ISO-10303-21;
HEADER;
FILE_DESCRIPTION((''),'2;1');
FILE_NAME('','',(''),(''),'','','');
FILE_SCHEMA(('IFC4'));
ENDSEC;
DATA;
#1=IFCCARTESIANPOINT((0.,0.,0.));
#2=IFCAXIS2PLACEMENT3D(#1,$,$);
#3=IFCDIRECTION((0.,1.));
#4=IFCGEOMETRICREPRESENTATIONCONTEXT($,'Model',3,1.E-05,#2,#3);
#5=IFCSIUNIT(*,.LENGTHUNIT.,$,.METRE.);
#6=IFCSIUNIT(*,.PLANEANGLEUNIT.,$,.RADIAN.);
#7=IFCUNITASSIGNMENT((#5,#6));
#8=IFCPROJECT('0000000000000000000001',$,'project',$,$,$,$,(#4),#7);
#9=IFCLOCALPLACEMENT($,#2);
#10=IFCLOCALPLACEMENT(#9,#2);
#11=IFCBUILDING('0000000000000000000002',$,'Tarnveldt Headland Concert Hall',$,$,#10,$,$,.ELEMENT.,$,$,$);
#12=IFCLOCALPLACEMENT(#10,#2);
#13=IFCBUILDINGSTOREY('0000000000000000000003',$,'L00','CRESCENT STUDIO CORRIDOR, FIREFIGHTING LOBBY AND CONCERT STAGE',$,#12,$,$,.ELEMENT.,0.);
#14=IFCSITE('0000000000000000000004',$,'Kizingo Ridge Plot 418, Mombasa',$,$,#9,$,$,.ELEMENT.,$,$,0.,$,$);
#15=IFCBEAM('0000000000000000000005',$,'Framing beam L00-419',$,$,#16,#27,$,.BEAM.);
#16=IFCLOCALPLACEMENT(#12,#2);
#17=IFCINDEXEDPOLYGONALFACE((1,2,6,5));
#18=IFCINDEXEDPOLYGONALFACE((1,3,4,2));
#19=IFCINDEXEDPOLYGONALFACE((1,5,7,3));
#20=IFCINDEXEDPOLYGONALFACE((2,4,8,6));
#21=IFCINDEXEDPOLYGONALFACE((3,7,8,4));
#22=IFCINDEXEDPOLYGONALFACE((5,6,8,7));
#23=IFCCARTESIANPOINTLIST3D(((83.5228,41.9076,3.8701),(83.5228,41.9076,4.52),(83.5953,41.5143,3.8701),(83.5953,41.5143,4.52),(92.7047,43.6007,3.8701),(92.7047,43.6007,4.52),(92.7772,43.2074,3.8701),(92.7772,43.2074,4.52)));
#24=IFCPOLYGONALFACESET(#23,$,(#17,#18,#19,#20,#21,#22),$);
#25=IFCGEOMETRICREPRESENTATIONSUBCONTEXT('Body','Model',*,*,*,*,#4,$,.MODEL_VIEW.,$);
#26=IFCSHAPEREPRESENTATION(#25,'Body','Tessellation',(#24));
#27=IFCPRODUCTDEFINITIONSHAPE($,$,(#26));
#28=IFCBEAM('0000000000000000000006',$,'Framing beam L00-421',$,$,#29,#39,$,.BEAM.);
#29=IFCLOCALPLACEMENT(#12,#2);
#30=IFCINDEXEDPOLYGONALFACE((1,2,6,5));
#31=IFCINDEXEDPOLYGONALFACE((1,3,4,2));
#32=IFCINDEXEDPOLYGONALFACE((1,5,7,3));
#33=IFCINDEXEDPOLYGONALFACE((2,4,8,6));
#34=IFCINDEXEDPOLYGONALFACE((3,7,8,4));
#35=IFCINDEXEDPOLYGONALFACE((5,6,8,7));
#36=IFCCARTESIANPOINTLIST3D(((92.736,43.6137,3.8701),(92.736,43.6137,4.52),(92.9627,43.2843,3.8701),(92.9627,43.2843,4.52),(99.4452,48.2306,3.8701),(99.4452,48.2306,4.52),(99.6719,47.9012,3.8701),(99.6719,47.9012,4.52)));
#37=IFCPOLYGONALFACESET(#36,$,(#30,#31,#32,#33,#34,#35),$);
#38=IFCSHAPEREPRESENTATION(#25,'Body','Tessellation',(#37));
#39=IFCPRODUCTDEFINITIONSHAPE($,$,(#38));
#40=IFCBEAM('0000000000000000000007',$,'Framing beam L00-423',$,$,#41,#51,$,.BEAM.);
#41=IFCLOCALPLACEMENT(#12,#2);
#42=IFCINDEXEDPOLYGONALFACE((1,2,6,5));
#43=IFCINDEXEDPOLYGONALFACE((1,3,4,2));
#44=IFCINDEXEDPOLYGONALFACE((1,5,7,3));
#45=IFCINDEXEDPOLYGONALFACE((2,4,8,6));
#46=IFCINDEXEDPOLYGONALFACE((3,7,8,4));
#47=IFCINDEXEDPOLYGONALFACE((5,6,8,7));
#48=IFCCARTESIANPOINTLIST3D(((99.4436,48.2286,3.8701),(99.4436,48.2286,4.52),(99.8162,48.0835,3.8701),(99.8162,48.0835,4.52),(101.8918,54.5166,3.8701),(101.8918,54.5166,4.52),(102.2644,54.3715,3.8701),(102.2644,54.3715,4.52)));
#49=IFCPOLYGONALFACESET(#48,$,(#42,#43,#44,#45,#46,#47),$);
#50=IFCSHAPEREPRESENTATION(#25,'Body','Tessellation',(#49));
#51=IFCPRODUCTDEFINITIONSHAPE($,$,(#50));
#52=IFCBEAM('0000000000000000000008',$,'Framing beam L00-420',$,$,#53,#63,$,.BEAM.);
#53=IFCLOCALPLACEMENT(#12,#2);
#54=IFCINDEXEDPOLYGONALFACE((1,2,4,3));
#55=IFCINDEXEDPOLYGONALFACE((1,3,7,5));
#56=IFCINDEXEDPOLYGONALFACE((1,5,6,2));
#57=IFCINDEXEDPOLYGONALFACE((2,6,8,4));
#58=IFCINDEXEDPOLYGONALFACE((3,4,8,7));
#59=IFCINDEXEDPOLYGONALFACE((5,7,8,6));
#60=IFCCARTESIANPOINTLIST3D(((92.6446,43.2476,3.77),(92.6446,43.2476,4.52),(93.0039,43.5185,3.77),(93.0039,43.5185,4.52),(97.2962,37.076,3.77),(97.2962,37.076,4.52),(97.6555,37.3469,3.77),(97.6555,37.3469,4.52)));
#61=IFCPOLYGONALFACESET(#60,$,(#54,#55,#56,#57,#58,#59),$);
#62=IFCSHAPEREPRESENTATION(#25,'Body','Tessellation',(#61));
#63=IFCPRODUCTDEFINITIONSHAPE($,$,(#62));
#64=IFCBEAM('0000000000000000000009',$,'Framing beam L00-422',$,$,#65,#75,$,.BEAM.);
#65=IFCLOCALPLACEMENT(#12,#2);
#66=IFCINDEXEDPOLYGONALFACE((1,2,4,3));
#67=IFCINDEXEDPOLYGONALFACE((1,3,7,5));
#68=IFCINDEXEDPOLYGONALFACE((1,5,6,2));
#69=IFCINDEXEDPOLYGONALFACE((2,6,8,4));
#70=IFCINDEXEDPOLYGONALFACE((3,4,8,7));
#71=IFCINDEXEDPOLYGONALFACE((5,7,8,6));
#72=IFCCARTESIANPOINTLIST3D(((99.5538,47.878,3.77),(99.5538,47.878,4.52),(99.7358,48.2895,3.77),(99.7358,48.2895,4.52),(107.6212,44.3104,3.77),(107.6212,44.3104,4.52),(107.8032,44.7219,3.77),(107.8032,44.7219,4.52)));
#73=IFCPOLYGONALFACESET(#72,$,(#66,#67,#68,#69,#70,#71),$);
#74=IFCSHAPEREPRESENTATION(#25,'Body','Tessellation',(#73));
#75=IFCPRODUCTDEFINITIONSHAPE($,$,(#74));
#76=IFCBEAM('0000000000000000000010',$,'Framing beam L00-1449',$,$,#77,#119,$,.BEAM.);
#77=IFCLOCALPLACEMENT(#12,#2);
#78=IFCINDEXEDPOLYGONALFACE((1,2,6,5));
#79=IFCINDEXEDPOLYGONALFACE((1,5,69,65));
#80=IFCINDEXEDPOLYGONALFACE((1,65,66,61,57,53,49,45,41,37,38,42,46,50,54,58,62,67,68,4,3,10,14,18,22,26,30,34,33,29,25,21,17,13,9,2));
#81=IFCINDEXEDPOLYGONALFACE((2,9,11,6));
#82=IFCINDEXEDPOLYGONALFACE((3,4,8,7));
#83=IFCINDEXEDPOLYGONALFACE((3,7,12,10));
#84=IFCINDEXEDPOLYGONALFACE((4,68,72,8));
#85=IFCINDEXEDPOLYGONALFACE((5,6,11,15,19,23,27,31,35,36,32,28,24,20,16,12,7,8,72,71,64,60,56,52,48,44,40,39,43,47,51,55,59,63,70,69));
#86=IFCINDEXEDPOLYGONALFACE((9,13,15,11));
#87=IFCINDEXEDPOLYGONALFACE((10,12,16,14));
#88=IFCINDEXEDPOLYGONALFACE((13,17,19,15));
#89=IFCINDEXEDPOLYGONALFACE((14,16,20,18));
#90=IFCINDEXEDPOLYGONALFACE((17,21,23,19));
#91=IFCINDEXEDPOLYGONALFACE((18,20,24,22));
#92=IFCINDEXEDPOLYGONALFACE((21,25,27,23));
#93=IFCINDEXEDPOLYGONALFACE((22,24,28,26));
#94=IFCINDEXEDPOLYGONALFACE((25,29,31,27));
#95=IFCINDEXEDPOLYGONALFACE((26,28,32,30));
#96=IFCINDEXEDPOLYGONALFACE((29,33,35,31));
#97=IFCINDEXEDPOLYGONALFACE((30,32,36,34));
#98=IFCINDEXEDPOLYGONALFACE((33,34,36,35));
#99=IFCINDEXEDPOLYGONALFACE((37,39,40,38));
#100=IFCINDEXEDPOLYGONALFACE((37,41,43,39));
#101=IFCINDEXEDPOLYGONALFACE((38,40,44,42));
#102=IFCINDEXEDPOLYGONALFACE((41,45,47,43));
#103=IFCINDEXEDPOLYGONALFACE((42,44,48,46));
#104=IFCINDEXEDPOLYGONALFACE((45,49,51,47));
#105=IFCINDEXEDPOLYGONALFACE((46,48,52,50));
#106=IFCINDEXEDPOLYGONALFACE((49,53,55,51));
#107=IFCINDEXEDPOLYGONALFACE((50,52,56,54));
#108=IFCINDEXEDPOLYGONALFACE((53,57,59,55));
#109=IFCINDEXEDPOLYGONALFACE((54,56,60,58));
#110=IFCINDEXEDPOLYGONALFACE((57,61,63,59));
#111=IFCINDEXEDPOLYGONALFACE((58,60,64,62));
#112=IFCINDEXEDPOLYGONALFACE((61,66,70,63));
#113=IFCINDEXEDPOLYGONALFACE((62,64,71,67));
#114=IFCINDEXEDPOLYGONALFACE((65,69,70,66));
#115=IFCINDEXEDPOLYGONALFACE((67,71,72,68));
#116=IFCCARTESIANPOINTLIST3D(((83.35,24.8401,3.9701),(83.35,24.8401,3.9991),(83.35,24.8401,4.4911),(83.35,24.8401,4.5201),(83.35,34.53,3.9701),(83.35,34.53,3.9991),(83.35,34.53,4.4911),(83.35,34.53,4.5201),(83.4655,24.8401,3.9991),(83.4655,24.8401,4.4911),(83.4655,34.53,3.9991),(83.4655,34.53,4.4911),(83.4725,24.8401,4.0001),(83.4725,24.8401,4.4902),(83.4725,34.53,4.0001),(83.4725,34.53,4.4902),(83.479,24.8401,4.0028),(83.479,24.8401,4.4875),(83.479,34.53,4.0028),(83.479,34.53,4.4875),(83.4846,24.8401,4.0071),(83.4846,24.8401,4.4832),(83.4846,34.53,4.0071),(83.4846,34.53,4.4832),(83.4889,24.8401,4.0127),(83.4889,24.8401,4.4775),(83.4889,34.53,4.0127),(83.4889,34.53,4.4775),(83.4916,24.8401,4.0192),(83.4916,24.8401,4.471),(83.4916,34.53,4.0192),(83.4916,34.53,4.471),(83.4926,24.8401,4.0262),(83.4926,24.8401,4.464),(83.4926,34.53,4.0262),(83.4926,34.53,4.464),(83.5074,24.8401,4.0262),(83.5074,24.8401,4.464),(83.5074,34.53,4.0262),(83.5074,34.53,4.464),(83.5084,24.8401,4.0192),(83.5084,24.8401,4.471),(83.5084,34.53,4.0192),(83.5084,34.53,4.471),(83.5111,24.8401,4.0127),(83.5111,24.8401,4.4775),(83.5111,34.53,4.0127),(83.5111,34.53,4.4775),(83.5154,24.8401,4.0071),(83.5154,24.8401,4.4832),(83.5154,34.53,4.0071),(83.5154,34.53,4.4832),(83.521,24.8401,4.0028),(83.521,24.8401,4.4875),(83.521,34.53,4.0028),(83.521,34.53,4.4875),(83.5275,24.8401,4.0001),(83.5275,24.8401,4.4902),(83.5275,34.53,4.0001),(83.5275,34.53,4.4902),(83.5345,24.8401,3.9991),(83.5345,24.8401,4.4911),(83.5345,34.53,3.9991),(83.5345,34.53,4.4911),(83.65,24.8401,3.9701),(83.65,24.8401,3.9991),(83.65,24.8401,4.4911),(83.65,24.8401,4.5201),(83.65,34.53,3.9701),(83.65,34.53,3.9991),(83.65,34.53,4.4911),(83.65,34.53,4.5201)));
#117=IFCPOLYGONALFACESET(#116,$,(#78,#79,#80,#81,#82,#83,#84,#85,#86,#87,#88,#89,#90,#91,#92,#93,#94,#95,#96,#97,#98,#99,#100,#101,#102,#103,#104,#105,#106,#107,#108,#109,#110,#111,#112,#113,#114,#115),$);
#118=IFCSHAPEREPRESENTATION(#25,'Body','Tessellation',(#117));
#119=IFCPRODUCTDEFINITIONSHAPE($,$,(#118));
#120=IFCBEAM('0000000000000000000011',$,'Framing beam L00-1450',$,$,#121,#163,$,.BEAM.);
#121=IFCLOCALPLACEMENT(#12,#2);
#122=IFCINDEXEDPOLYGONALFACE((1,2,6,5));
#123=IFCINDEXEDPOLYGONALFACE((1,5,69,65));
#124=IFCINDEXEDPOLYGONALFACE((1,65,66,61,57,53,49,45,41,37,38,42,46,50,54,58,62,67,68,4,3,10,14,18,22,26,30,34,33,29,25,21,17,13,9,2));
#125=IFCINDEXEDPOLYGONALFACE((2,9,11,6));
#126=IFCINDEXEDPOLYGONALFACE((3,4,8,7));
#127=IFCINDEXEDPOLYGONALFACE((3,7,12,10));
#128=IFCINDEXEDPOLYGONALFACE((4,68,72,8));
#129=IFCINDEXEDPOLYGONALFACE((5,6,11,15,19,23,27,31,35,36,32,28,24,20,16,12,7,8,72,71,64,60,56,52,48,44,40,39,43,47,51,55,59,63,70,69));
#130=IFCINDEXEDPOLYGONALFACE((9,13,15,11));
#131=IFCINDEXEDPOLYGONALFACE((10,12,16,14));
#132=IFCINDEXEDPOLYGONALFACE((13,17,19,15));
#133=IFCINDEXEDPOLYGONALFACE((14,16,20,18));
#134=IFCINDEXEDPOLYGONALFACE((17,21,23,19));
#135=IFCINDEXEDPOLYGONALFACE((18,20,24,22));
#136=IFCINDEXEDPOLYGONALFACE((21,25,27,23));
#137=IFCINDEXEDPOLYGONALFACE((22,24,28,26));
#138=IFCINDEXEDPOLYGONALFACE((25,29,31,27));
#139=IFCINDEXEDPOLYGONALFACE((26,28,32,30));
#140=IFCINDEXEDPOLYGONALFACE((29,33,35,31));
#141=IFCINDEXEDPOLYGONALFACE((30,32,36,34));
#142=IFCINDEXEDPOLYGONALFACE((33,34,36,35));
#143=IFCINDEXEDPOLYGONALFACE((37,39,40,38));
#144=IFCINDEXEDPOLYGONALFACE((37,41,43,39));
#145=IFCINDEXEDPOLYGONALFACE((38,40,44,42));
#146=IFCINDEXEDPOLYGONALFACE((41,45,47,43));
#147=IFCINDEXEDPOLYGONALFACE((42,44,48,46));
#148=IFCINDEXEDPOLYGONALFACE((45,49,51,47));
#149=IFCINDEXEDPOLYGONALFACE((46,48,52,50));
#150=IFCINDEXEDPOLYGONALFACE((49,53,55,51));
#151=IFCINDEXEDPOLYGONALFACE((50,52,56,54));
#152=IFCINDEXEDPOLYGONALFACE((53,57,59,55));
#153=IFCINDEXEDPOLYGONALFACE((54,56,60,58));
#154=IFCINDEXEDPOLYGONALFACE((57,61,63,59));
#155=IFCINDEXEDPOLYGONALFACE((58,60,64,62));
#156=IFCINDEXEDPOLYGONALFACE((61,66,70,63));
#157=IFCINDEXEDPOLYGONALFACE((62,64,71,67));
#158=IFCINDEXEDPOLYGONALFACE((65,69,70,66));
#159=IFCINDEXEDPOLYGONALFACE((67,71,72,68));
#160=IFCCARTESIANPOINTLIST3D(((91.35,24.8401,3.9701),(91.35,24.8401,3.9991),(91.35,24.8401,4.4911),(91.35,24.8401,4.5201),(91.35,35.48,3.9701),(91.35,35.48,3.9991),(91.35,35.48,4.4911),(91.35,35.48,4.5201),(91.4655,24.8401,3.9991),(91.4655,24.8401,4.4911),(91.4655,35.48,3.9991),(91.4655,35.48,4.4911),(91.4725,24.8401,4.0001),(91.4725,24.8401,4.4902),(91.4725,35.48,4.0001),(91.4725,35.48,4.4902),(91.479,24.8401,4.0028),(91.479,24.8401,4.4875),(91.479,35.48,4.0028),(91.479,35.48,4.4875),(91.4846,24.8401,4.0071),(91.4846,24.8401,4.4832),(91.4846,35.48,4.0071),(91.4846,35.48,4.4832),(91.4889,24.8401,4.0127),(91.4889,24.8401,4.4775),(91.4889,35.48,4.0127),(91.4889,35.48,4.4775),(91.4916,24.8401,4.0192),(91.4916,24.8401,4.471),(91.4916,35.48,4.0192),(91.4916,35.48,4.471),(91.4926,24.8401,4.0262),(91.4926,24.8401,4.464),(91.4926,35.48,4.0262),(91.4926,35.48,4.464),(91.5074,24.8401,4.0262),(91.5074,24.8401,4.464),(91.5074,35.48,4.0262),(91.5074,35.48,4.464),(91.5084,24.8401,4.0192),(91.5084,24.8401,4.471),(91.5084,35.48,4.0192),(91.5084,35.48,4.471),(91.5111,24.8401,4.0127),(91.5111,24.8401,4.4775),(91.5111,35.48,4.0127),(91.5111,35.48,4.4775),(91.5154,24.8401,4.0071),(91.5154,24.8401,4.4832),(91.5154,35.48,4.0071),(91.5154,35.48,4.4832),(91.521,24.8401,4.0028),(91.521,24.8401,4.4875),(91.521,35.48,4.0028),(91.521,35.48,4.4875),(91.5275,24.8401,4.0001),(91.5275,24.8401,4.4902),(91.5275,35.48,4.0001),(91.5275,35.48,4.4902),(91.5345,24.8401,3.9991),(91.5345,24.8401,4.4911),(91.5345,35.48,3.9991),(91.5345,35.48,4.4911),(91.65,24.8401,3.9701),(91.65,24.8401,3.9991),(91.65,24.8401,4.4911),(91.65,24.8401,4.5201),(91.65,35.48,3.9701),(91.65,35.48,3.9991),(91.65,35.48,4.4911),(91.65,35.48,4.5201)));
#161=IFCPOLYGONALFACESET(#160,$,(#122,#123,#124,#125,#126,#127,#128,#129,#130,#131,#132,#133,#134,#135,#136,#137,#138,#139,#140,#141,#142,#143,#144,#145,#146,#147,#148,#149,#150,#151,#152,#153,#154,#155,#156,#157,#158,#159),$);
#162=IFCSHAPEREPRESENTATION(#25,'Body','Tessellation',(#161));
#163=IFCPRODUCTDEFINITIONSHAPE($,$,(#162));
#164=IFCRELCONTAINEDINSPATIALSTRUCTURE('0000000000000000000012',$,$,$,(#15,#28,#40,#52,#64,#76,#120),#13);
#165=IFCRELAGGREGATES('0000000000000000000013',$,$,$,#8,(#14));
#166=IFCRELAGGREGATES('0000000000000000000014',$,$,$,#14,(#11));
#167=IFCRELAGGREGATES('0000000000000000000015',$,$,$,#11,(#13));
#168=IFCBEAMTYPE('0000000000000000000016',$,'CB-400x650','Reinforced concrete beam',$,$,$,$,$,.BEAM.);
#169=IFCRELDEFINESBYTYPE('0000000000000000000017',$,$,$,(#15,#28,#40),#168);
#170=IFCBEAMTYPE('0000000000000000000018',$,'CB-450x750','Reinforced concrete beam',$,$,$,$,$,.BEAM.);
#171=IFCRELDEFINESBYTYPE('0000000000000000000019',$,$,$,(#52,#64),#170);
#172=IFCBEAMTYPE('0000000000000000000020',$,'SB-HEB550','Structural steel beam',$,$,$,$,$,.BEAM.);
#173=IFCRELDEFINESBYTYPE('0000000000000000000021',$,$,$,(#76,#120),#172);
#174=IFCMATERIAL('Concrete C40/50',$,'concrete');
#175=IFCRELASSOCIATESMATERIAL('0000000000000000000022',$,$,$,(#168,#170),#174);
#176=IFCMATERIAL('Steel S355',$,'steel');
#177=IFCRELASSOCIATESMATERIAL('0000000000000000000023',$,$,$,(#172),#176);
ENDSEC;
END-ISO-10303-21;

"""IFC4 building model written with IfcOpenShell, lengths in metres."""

from ifc_helpers import new_model, si_unit, direction, frame, origin, origin_2d, place, context, subcontext, project, spatial, rectangle, i_section, extrude, material, material_profile, profile_set, type_object, element, save


model = new_model("IFC4")

# Units and contexts
model_context = context("Model", 3, precision=1e-05, world=origin(), true_north=direction((0.0, 1.0)))
body_context = subcontext(model_context, "Body", "Model", "MODEL_VIEW")
ifc_project = project(units=[si_unit("LENGTHUNIT", "METRE"), si_unit("PLANEANGLEUNIT", "RADIAN")], contexts=[model_context])

# Site, building, storey
site_placement = place(None, origin())
site = spatial("IfcSite", under=ifc_project, at=site_placement, Name="Kizingo Ridge Plot 418, Mombasa", CompositionType="ELEMENT", RefElevation=0.0)
building_placement = place(site_placement, origin())
building = spatial("IfcBuilding", under=site, at=building_placement, Name="Tarnveldt Headland Concert Hall", CompositionType="ELEMENT")
storey_placement = place(building_placement, origin())
storey = spatial("IfcBuildingStorey", under=building, at=storey_placement, Name="L00", Description="CRESCENT STUDIO CORRIDOR, FIREFIGHTING LOBBY AND CONCERT STAGE", CompositionType="ELEMENT", Elevation=0.0)

# Shared definitions
ifc_material_1 = material(Name="Concrete C40/50", Category="concrete")
ifc_material_2 = material(Name="Steel S355", Category="steel")

# Beams
ifc_material_profile_1 = material_profile(ifc_material_1, rectangle(XDim=0.3999, YDim=0.6499, at=origin_2d()), Name="RC 400x650", Category="concrete")
ifc_profile_set_1 = profile_set([ifc_material_profile_1], Name="Concrete C40/50")
beam_type_1 = type_object("IfcBeamType", Name="CB-400x650", Description="Reinforced concrete beam", PredefinedType="BEAM", material=ifc_profile_set_1)
beam_1_placement = place(storey_placement, frame((83.5591, 41.7109, 4.1951), z_axis=(0.98342, 0.18134, 0.0), x_axis=(-0.18134, 0.98342, 0.0)))
element("IfcBeam", 1, at=beam_1_placement, inside=storey, type_object=beam_type_1, Name="Framing beam L00-419", PredefinedType="BEAM", context=body_context, shape_type="SweptSolid", body=[
    extrude(rectangle(XDim=0.3999, YDim=0.6499, at=origin_2d()), origin(), (0.0, 0.0, 1.0), 9.3367),
])
beam_2_placement = place(storey_placement, frame((92.8494, 43.449, 4.1951), z_axis=(0.823793, 0.566891, 0.0), x_axis=(-0.566891, 0.823793, 0.0)))
element("IfcBeam", 2, at=beam_2_placement, inside=storey, type_object=beam_type_1, Name="Framing beam L00-421", PredefinedType="BEAM", context=body_context, shape_type="SweptSolid", body=[
    extrude(rectangle(XDim=0.3999, YDim=0.6499, at=origin_2d()), origin(), (0.0, 0.0, 1.0), 8.1443),
])
beam_3_placement = place(storey_placement, frame((99.6299, 48.156, 4.1951), z_axis=(0.362816, 0.931861, 0.0), x_axis=(-0.931861, 0.362816, 0.0)))
element("IfcBeam", 3, at=beam_3_placement, inside=storey, type_object=beam_type_1, Name="Framing beam L00-423", PredefinedType="BEAM", context=body_context, shape_type="SweptSolid", body=[
    extrude(rectangle(XDim=0.3999, YDim=0.6499, at=origin_2d()), origin(), (0.0, 0.0, 1.0), 6.7478),
])
ifc_material_profile_2 = material_profile(ifc_material_1, rectangle(XDim=0.45, YDim=0.75, at=origin_2d()), Name="RC 450x750", Category="concrete")
ifc_profile_set_2 = profile_set([ifc_material_profile_2], Name="Concrete C40/50")
beam_type_2 = type_object("IfcBeamType", Name="CB-450x750", Description="Reinforced concrete beam", PredefinedType="BEAM", material=ifc_profile_set_2)
beam_4_placement = place(storey_placement, frame((92.8242, 43.3831, 4.145), z_axis=(0.601894, -0.798576, 0.0), x_axis=(0.798576, 0.601894, 0.0)))
element("IfcBeam", 4, at=beam_4_placement, inside=storey, type_object=beam_type_2, Name="Framing beam L00-420", PredefinedType="BEAM", context=body_context, shape_type="SweptSolid", body=[
    extrude(rectangle(XDim=0.45, YDim=0.75, at=origin_2d()), origin(), (0.0, 0.0, 1.0), 7.7283),
])
beam_5_placement = place(storey_placement, frame((99.6448, 48.0837, 4.145), z_axis=(0.914562, -0.404445, 0.0), x_axis=(0.404445, 0.914562, 0.0)))
element("IfcBeam", 5, at=beam_5_placement, inside=storey, type_object=beam_type_2, Name="Framing beam L00-422", PredefinedType="BEAM", context=body_context, shape_type="SweptSolid", body=[
    extrude(rectangle(XDim=0.45, YDim=0.75, at=origin_2d()), origin(), (0.0, 0.0, 1.0), 8.821),
])
ifc_material_profile_3 = material_profile(ifc_material_2, i_section(OverallWidth=0.3, OverallDepth=0.55, WebThickness=0.0149, FlangeThickness=0.0291, FilletRadius=0.0271, at=origin_2d()), Name="HEB550", Category="steel")
ifc_profile_set_3 = profile_set([ifc_material_profile_3], Name="Steel S355")
beam_type_3 = type_object("IfcBeamType", Name="SB-HEB550", Description="Structural steel beam", PredefinedType="BEAM", material=ifc_profile_set_3)
beam_6_placement = place(storey_placement, frame((83.5, 34.53, 4.2451), z_axis=(0.0, -1.0, 0.0), x_axis=(1.0, 0.0, 0.0)))
element("IfcBeam", 6, at=beam_6_placement, inside=storey, type_object=beam_type_3, Name="Framing beam L00-1449", PredefinedType="BEAM", context=body_context, shape_type="SweptSolid", body=[
    extrude(i_section(OverallWidth=0.3, OverallDepth=0.55, WebThickness=0.0149, FlangeThickness=0.0291, FilletRadius=0.0271, at=origin_2d()), origin(), (0.0, 0.0, 1.0), 9.6899),
])
beam_7_placement = place(storey_placement, frame((91.5, 35.48, 4.2451), z_axis=(0.0, -1.0, 0.0), x_axis=(1.0, 0.0, 0.0)))
element("IfcBeam", 7, at=beam_7_placement, inside=storey, type_object=beam_type_3, Name="Framing beam L00-1450", PredefinedType="BEAM", context=body_context, shape_type="SweptSolid", body=[
    extrude(i_section(OverallWidth=0.3, OverallDepth=0.55, WebThickness=0.0149, FlangeThickness=0.0291, FilletRadius=0.0271, at=origin_2d()), origin(), (0.0, 0.0, 1.0), 10.6399),
])

save(model, "model.ifc")
